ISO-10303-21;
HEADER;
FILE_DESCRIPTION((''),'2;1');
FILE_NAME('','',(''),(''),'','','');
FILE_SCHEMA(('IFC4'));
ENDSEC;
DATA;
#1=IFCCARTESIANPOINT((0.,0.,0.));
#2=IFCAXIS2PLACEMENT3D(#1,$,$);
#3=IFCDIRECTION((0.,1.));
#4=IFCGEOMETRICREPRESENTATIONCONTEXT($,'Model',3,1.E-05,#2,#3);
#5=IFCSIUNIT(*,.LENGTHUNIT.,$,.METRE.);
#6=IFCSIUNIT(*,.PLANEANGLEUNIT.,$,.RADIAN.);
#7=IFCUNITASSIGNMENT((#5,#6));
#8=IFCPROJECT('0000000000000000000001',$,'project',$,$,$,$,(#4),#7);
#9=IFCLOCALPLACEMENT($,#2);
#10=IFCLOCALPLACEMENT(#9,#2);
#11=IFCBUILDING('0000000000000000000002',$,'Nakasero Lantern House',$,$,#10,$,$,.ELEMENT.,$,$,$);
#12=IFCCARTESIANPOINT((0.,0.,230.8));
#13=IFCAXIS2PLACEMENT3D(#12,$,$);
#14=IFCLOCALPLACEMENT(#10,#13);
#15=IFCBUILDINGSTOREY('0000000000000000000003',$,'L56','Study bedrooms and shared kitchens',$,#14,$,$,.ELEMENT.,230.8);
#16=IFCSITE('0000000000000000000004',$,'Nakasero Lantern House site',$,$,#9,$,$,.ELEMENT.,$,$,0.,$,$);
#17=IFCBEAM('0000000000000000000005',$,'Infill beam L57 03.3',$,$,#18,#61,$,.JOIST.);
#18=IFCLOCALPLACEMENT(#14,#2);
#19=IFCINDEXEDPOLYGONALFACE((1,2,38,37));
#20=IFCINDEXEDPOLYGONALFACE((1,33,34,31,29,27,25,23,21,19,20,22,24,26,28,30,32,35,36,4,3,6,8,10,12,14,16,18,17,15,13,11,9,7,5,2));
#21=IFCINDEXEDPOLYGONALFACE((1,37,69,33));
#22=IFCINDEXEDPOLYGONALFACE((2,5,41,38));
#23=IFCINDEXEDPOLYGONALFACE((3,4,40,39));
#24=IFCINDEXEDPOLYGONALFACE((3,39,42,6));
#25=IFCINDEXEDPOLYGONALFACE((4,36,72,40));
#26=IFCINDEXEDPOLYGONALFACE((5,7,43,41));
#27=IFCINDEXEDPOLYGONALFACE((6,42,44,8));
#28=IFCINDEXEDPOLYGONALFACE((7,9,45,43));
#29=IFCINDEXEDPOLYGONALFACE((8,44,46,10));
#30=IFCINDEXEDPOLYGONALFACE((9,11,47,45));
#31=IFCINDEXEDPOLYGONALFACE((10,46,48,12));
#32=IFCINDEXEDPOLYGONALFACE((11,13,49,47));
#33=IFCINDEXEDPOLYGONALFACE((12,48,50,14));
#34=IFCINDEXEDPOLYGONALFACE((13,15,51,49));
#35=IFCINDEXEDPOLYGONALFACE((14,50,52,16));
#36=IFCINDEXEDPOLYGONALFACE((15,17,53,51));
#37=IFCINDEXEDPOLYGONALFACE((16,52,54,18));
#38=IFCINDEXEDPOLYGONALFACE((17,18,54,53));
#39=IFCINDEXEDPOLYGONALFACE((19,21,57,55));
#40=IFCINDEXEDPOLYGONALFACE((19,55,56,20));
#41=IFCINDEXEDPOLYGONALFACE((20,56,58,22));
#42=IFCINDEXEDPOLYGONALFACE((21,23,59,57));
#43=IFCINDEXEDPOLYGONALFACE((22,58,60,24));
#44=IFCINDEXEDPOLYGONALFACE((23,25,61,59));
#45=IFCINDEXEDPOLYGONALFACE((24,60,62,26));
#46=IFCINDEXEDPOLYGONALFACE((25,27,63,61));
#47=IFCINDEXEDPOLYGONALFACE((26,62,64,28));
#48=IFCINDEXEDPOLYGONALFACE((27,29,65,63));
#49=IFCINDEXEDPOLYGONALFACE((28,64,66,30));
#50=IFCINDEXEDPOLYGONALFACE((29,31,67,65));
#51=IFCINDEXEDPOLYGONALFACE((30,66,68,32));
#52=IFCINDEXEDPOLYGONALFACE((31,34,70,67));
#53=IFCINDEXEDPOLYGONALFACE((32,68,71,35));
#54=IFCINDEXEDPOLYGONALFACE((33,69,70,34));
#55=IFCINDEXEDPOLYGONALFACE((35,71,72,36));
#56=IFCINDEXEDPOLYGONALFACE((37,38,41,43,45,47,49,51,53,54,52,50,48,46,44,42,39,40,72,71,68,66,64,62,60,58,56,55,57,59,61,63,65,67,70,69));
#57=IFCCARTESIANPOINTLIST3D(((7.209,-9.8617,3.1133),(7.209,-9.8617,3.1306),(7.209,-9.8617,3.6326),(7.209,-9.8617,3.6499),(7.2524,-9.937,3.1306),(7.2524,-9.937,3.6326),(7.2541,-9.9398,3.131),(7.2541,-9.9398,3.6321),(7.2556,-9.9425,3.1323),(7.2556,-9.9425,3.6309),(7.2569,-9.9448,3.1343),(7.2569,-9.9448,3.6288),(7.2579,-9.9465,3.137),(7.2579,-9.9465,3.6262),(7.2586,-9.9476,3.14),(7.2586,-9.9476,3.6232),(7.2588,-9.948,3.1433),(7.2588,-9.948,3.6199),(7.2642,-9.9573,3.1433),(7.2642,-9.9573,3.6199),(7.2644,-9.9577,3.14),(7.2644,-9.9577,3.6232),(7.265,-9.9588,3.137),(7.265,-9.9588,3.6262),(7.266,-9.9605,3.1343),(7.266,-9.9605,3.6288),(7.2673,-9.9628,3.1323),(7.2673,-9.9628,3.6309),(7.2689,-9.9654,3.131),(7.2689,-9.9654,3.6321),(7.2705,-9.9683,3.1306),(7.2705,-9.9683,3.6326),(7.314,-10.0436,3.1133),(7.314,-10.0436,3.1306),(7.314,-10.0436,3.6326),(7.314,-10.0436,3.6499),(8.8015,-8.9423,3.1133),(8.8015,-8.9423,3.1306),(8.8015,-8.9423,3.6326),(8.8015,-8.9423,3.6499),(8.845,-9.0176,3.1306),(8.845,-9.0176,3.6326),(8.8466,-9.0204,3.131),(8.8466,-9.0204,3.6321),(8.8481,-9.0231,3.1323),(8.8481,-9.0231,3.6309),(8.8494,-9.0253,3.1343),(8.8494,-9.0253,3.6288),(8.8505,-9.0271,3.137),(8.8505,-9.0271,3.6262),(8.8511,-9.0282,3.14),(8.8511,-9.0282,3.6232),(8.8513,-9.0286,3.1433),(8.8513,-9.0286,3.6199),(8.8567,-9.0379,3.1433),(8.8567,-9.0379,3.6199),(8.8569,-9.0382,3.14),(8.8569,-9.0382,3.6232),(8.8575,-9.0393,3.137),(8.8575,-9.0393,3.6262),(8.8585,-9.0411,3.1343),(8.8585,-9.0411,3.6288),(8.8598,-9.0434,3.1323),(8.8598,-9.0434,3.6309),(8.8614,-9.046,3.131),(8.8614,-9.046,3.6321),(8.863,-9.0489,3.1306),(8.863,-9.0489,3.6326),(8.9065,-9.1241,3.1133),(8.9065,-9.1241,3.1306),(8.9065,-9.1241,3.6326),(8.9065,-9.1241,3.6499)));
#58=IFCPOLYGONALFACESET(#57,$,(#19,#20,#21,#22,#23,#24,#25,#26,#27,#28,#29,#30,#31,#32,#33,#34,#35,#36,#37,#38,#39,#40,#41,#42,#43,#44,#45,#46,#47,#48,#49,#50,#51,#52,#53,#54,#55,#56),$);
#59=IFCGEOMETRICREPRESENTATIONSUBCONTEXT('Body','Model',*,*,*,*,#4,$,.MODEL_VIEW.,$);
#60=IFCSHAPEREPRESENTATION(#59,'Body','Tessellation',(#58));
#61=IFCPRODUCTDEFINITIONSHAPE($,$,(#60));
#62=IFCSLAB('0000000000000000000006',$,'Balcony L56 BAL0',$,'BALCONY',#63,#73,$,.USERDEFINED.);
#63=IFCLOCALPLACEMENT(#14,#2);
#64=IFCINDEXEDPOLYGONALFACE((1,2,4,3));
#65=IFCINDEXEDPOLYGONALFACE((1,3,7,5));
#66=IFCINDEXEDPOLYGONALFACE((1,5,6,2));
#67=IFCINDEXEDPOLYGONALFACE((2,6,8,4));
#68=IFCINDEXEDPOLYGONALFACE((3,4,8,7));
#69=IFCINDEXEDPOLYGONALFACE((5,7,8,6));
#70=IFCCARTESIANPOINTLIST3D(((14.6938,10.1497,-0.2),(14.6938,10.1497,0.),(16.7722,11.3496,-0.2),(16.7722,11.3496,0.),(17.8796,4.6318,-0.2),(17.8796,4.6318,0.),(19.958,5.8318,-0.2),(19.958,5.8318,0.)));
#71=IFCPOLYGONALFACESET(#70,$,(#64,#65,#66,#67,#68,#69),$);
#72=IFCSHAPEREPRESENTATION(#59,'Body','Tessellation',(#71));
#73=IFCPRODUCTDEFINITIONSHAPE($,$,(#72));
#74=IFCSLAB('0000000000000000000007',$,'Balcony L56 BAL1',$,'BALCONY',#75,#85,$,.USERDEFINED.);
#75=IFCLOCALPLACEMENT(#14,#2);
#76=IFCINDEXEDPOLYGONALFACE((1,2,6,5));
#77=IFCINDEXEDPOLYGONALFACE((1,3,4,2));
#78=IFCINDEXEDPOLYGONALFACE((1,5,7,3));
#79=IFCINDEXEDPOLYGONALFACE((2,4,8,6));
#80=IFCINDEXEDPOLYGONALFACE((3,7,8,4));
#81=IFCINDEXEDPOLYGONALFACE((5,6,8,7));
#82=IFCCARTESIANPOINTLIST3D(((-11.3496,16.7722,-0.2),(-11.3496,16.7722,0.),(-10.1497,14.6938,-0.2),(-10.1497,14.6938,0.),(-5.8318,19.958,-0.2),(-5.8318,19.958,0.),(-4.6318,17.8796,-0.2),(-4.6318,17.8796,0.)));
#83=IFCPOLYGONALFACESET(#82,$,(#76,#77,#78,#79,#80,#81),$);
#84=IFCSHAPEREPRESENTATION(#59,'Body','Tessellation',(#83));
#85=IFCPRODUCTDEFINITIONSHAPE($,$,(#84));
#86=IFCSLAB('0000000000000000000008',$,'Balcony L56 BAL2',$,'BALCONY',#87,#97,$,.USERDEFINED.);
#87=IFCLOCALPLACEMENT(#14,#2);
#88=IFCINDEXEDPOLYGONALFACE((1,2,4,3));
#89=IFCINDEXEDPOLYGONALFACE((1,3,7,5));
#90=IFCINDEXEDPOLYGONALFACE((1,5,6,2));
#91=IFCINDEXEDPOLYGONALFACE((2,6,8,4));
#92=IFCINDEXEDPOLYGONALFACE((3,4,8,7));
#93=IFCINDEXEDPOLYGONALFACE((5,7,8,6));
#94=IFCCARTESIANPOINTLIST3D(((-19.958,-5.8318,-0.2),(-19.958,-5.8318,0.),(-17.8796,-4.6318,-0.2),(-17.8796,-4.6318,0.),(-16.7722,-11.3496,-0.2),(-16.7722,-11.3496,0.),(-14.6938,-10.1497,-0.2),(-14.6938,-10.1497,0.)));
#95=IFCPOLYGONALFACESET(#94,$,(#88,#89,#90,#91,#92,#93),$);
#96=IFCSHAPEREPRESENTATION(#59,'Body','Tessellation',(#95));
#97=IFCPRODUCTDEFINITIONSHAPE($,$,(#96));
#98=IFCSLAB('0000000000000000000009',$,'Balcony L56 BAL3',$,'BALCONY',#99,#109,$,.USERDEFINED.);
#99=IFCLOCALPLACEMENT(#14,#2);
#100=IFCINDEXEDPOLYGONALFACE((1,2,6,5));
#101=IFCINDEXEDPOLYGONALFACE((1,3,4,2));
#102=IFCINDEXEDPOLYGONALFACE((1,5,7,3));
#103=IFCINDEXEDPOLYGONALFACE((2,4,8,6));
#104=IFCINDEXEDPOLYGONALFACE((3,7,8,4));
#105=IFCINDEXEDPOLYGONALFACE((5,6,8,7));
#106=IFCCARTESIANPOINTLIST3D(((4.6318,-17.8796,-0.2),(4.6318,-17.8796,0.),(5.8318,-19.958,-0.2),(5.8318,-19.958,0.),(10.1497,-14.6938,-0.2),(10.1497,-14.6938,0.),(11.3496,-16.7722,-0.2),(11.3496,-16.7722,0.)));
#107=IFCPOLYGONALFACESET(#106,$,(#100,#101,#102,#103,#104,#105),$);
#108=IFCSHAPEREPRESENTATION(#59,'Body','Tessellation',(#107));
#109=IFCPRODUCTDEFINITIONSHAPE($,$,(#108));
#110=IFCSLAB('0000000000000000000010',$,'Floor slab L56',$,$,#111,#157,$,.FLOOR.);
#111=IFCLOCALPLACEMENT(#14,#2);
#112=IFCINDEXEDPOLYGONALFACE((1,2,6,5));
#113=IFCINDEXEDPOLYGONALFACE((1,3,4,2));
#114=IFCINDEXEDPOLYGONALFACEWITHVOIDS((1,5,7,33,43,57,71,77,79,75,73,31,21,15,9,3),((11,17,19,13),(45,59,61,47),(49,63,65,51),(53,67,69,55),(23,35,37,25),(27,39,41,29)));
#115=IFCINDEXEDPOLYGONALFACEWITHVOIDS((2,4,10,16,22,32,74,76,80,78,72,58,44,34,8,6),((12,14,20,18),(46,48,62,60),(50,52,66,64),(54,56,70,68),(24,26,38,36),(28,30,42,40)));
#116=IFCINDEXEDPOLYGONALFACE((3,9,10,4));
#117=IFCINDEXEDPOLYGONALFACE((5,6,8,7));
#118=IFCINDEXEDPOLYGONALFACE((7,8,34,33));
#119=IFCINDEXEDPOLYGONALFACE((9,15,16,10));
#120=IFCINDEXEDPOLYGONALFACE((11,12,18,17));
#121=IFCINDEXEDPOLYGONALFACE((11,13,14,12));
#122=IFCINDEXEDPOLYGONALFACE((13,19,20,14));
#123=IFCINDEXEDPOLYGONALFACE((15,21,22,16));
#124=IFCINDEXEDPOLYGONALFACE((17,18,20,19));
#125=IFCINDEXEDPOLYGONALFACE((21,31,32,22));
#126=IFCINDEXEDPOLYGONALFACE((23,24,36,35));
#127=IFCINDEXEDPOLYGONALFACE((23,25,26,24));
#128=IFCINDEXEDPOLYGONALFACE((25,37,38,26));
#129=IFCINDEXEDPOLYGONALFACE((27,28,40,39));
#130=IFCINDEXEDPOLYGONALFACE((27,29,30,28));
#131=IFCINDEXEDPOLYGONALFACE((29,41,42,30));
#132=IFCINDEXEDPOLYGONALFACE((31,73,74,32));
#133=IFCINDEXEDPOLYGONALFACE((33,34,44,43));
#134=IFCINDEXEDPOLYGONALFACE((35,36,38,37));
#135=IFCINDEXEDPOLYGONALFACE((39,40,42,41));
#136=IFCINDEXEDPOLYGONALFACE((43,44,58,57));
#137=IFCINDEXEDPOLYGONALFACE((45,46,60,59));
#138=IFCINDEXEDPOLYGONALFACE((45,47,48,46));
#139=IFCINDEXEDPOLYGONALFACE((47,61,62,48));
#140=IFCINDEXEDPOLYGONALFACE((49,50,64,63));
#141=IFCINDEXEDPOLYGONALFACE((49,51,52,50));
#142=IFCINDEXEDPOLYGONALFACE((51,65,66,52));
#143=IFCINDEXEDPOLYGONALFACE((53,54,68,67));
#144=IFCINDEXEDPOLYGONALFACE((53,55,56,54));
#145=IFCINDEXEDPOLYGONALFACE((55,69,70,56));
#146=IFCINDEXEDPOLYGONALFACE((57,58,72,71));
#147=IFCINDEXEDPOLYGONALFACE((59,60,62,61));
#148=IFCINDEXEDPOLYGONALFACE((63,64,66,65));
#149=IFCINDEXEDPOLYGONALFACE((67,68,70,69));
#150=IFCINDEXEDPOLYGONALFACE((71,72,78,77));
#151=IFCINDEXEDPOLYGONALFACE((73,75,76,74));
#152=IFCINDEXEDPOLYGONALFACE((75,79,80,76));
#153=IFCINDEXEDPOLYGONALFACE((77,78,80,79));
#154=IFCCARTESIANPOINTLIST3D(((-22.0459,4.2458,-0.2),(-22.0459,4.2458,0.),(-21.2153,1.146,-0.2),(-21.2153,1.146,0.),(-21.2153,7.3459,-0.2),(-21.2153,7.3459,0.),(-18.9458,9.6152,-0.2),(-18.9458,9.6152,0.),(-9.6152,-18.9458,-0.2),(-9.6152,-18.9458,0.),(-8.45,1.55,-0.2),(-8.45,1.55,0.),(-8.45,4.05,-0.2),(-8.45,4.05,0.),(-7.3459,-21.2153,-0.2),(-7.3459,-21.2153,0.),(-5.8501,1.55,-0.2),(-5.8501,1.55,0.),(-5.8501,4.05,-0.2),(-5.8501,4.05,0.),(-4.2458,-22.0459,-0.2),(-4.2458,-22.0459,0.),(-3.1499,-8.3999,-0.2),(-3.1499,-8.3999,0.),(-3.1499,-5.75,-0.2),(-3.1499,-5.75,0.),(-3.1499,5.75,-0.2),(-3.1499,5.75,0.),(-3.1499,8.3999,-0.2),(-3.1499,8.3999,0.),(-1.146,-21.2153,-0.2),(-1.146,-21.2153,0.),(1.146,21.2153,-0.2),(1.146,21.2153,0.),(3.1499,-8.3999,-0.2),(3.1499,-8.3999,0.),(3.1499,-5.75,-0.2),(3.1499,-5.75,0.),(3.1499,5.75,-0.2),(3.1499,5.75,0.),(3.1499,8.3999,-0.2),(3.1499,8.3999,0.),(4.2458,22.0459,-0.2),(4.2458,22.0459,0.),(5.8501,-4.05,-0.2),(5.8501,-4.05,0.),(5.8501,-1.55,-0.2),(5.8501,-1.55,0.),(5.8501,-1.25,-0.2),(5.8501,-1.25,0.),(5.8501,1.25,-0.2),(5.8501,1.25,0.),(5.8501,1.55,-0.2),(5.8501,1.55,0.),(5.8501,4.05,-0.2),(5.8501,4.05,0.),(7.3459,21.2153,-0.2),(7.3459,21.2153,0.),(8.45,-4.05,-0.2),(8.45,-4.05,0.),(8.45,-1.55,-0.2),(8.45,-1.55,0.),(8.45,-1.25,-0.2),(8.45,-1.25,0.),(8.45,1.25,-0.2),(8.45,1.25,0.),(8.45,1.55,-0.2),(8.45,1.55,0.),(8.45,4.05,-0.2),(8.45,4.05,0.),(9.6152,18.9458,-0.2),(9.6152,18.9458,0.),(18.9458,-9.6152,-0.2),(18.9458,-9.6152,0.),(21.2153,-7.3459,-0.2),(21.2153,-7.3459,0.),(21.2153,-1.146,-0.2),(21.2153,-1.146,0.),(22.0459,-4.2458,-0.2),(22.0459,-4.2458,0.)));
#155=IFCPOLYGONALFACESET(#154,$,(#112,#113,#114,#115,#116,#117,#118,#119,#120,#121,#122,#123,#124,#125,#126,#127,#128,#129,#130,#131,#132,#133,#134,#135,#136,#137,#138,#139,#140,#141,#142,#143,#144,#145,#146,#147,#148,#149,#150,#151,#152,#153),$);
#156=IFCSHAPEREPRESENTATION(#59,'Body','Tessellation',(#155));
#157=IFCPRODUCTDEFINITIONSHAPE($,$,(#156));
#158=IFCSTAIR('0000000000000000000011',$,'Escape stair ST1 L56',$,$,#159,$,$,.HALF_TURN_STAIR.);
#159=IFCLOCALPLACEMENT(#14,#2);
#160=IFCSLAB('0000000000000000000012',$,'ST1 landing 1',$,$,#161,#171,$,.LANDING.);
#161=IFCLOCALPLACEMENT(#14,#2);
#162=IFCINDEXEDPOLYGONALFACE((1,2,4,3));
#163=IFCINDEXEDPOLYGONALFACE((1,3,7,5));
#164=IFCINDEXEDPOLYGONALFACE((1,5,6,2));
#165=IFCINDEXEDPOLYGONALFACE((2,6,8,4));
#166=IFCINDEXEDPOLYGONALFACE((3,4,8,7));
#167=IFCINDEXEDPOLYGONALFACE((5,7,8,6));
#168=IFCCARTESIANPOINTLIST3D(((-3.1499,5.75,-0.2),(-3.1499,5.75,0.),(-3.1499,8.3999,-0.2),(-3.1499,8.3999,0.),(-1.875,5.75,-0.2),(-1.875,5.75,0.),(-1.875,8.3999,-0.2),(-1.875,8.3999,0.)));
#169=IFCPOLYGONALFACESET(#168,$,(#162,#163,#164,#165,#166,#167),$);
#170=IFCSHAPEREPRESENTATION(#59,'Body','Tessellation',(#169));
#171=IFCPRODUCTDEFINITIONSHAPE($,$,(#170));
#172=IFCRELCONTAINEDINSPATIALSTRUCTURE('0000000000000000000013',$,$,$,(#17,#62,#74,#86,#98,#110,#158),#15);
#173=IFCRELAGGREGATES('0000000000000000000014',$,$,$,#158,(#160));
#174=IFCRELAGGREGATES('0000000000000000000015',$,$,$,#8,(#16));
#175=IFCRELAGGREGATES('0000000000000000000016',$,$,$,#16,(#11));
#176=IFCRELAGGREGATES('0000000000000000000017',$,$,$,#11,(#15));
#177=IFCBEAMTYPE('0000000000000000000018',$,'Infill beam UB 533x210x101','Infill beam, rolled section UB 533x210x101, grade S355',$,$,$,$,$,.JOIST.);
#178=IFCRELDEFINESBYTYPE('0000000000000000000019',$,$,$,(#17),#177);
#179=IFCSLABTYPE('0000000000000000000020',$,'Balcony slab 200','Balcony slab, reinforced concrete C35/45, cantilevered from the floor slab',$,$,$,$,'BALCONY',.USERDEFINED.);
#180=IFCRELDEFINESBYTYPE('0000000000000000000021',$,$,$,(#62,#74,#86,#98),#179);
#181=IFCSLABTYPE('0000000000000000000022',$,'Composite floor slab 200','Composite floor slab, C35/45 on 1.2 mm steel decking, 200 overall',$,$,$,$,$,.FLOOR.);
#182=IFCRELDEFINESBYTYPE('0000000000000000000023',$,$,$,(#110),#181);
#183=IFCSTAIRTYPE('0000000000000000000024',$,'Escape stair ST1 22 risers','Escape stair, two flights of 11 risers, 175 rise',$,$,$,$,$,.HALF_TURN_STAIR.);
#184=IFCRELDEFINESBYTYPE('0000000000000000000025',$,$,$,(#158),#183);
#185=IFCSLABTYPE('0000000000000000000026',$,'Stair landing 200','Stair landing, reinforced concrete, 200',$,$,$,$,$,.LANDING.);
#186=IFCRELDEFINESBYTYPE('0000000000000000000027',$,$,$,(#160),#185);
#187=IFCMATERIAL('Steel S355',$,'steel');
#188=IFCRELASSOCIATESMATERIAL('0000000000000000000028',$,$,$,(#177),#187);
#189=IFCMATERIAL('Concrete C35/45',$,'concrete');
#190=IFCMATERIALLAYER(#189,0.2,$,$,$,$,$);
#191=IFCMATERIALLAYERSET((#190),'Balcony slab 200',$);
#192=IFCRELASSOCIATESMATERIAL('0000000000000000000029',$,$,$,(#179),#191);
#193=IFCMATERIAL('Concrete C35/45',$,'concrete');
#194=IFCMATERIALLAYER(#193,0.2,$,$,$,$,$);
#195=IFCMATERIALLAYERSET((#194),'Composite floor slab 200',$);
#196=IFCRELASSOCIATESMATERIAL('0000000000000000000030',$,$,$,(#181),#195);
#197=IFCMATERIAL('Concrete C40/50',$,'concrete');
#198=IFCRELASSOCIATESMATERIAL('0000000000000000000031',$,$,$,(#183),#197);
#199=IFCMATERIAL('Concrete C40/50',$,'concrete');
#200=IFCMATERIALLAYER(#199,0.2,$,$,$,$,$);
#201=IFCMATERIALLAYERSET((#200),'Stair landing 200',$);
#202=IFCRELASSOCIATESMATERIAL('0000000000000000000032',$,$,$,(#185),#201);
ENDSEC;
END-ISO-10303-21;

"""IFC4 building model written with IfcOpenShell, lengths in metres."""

from ifc_helpers import new_model, si_unit, direction, frame, origin, origin_2d, place, context, subcontext, project, spatial, polyline, i_section, outline, extrude, material, layer, layer_set, material_profile, profile_set, type_object, element, aggregate, save


model = new_model("IFC4")

# Units and contexts
model_context = context("Model", 3, precision=1e-05, world=origin(), true_north=direction((0.0, 1.0)))
body_context = subcontext(model_context, "Body", "Model", "MODEL_VIEW")
ifc_project = project(units=[si_unit("LENGTHUNIT", "METRE"), si_unit("PLANEANGLEUNIT", "RADIAN")], contexts=[model_context])

# Site, building, storey
site_placement = place(None, origin())
site = spatial("IfcSite", under=ifc_project, at=site_placement, Name="Nakasero Lantern House site", CompositionType="ELEMENT", RefElevation=0.0)
building_placement = place(site_placement, origin())
building = spatial("IfcBuilding", under=site, at=building_placement, Name="Nakasero Lantern House", CompositionType="ELEMENT")
storey_placement = place(building_placement, frame((0.0, 0.0, 230.8)))
storey = spatial("IfcBuildingStorey", under=building, at=storey_placement, Name="L56", Description="Study bedrooms and shared kitchens", CompositionType="ELEMENT", Elevation=230.8)

# Beam
ifc_material_1 = material(Name="Steel S355", Category="steel")
ifc_material_profile = material_profile(ifc_material_1, i_section(OverallWidth=0.21, OverallDepth=0.5366, WebThickness=0.0107, FlangeThickness=0.0173, FilletRadius=0.0127, at=origin_2d()), Name="UB 533x210x101")
ifc_profile_set = profile_set([ifc_material_profile], Name="Steel S355")
beam_type = type_object("IfcBeamType", Name="Infill beam UB 533x210x101", Description="Infill beam, rolled section UB 533x210x101, grade S355", PredefinedType="JOIST", material=ifc_profile_set)
beam_placement = place(storey_placement, frame((7.2615, -9.9526, 3.3816), z_axis=(0.866029, 0.499994, 0.0), x_axis=(-0.499994, 0.866029, 0.0)))
element("IfcBeam", 1, at=beam_placement, inside=storey, type_object=beam_type, Name="Infill beam L57 03.3", PredefinedType="JOIST", context=body_context, shape_type="SweptSolid", body=[
    extrude(i_section(OverallWidth=0.21, OverallDepth=0.5366, WebThickness=0.0107, FlangeThickness=0.0173, FilletRadius=0.0127, at=origin_2d()), origin(), (0.0, 0.0, 1.0), 1.8389),
])

# Slabs
ifc_material_2 = material(Name="Concrete C35/45", Category="concrete")
ifc_layer_1 = layer(ifc_material_2, 0.2)
ifc_layer_set_1 = layer_set([ifc_layer_1], Name="Balcony slab 200")
slab_type_1 = type_object("IfcSlabType", Name="Balcony slab 200", Description="Balcony slab, reinforced concrete C35/45, cantilevered from the floor slab", ElementType="BALCONY", PredefinedType="USERDEFINED", material=ifc_layer_set_1)
slab_1_placement = place(storey_placement, frame((0.0, 0.0, -0.2)))
element("IfcSlab", 2, at=slab_1_placement, inside=storey, type_object=slab_type_1, Name="Balcony L56 BAL0", ObjectType="BALCONY", PredefinedType="USERDEFINED", context=body_context, shape_type="SweptSolid", body=[
    extrude(outline(polyline([(17.8796, 4.6318), (19.958, 5.8318), (16.7722, 11.3496), (14.6938, 10.1497), (17.8796, 4.6318)])), origin(), (0.0, 0.0, 1.0), 0.2),
])
slab_2_placement = place(storey_placement, frame((0.0, 0.0, -0.2)))
element("IfcSlab", 3, at=slab_2_placement, inside=storey, type_object=slab_type_1, Name="Balcony L56 BAL1", ObjectType="BALCONY", PredefinedType="USERDEFINED", context=body_context, shape_type="SweptSolid", body=[
    extrude(outline(polyline([(-4.6318, 17.8796), (-5.8318, 19.958), (-11.3496, 16.7722), (-10.1497, 14.6938), (-4.6318, 17.8796)])), origin(), (0.0, 0.0, 1.0), 0.2),
])
slab_3_placement = place(storey_placement, frame((0.0, 0.0, -0.2)))
element("IfcSlab", 4, at=slab_3_placement, inside=storey, type_object=slab_type_1, Name="Balcony L56 BAL2", ObjectType="BALCONY", PredefinedType="USERDEFINED", context=body_context, shape_type="SweptSolid", body=[
    extrude(outline(polyline([(-17.8796, -4.6318), (-19.958, -5.8318), (-16.7722, -11.3496), (-14.6938, -10.1497), (-17.8796, -4.6318)])), origin(), (0.0, 0.0, 1.0), 0.2),
])
slab_4_placement = place(storey_placement, frame((0.0, 0.0, -0.2)))
element("IfcSlab", 5, at=slab_4_placement, inside=storey, type_object=slab_type_1, Name="Balcony L56 BAL3", ObjectType="BALCONY", PredefinedType="USERDEFINED", context=body_context, shape_type="SweptSolid", body=[
    extrude(outline(polyline([(4.6318, -17.8796), (5.8318, -19.958), (11.3496, -16.7722), (10.1497, -14.6938), (4.6318, -17.8796)])), origin(), (0.0, 0.0, 1.0), 0.2),
])
ifc_material_3 = material(Name="Concrete C35/45", Category="concrete")
ifc_layer_2 = layer(ifc_material_3, 0.2)
ifc_layer_set_2 = layer_set([ifc_layer_2], Name="Composite floor slab 200")
slab_type_2 = type_object("IfcSlabType", Name="Composite floor slab 200", Description="Composite floor slab, C35/45 on 1.2 mm steel decking, 200 overall", PredefinedType="FLOOR", material=ifc_layer_set_2)
slab_5_placement = place(storey_placement, frame((0.0, 0.0, -0.2)))
element("IfcSlab", 6, at=slab_5_placement, inside=storey, type_object=slab_type_2, Name="Floor slab L56", PredefinedType="FLOOR", context=body_context, shape_type="SweptSolid", body=[
    extrude(outline(polyline([(9.6152, 18.9458), (7.3459, 21.2153), (4.2458, 22.0459), (1.146, 21.2153), (-18.9458, 9.6152), (-21.2153, 7.3459), (-22.0459, 4.2458), (-21.2153, 1.146), (-9.6152, -18.9458), (-7.3459, -21.2153), (-4.2458, -22.0459), (-1.146, -21.2153), (18.9458, -9.6152), (21.2153, -7.3459), (22.0459, -4.2458), (21.2153, -1.146), (9.6152, 18.9458)]), holes=[polyline([(-8.45, 1.55), (-5.8501, 1.55), (-5.8501, 4.05), (-8.45, 4.05), (-8.45, 1.55)]), polyline([(5.8501, -4.05), (8.45, -4.05), (8.45, -1.55), (5.8501, -1.55), (5.8501, -4.05)]), polyline([(5.8501, -1.25), (8.45, -1.25), (8.45, 1.25), (5.8501, 1.25), (5.8501, -1.25)]), polyline([(5.8501, 1.55), (8.45, 1.55), (8.45, 4.05), (5.8501, 4.05), (5.8501, 1.55)]), polyline([(-3.1499, 5.75), (3.1499, 5.75), (3.1499, 8.3999), (-3.1499, 8.3999), (-3.1499, 5.75)]), polyline([(-3.1499, -8.3999), (3.1499, -8.3999), (3.1499, -5.75), (-3.1499, -5.75), (-3.1499, -8.3999)])]), origin(), (0.0, 0.0, 1.0), 0.2),
])

# Stair, slab
ifc_material_4 = material(Name="Concrete C40/50", Category="concrete")
stair_type_1 = type_object("IfcStairType", Name="Escape stair ST1 22 risers", Description="Escape stair, two flights of 11 risers, 175 rise", PredefinedType="HALF_TURN_STAIR", material=ifc_material_4)
stair_1_placement = place(storey_placement, origin())
stair_1 = element("IfcStair", 7, at=stair_1_placement, inside=storey, type_object=stair_type_1, Name="Escape stair ST1 L56", PredefinedType="HALF_TURN_STAIR")
ifc_material_5 = material(Name="Concrete C40/50", Category="concrete")
ifc_layer_3 = layer(ifc_material_5, 0.2)
ifc_layer_set_3 = layer_set([ifc_layer_3], Name="Stair landing 200")
slab_type_3 = type_object("IfcSlabType", Name="Stair landing 200", Description="Stair landing, reinforced concrete, 200", PredefinedType="LANDING", material=ifc_layer_set_3)
slab_6_placement = place(storey_placement, frame((0.0, 0.0, -0.2)))
slab_6 = element("IfcSlab", 8, at=slab_6_placement, type_object=slab_type_3, Name="ST1 landing 1", PredefinedType="LANDING", context=body_context, shape_type="SweptSolid", body=[
    extrude(outline(polyline([(-3.1499, 5.75), (-1.875, 5.75), (-1.875, 8.3999), (-3.1499, 8.3999), (-3.1499, 5.75)])), origin(), (0.0, 0.0, 1.0), 0.2),
])
aggregate(stair_1, [slab_6])

save(model, "model.ifc")
